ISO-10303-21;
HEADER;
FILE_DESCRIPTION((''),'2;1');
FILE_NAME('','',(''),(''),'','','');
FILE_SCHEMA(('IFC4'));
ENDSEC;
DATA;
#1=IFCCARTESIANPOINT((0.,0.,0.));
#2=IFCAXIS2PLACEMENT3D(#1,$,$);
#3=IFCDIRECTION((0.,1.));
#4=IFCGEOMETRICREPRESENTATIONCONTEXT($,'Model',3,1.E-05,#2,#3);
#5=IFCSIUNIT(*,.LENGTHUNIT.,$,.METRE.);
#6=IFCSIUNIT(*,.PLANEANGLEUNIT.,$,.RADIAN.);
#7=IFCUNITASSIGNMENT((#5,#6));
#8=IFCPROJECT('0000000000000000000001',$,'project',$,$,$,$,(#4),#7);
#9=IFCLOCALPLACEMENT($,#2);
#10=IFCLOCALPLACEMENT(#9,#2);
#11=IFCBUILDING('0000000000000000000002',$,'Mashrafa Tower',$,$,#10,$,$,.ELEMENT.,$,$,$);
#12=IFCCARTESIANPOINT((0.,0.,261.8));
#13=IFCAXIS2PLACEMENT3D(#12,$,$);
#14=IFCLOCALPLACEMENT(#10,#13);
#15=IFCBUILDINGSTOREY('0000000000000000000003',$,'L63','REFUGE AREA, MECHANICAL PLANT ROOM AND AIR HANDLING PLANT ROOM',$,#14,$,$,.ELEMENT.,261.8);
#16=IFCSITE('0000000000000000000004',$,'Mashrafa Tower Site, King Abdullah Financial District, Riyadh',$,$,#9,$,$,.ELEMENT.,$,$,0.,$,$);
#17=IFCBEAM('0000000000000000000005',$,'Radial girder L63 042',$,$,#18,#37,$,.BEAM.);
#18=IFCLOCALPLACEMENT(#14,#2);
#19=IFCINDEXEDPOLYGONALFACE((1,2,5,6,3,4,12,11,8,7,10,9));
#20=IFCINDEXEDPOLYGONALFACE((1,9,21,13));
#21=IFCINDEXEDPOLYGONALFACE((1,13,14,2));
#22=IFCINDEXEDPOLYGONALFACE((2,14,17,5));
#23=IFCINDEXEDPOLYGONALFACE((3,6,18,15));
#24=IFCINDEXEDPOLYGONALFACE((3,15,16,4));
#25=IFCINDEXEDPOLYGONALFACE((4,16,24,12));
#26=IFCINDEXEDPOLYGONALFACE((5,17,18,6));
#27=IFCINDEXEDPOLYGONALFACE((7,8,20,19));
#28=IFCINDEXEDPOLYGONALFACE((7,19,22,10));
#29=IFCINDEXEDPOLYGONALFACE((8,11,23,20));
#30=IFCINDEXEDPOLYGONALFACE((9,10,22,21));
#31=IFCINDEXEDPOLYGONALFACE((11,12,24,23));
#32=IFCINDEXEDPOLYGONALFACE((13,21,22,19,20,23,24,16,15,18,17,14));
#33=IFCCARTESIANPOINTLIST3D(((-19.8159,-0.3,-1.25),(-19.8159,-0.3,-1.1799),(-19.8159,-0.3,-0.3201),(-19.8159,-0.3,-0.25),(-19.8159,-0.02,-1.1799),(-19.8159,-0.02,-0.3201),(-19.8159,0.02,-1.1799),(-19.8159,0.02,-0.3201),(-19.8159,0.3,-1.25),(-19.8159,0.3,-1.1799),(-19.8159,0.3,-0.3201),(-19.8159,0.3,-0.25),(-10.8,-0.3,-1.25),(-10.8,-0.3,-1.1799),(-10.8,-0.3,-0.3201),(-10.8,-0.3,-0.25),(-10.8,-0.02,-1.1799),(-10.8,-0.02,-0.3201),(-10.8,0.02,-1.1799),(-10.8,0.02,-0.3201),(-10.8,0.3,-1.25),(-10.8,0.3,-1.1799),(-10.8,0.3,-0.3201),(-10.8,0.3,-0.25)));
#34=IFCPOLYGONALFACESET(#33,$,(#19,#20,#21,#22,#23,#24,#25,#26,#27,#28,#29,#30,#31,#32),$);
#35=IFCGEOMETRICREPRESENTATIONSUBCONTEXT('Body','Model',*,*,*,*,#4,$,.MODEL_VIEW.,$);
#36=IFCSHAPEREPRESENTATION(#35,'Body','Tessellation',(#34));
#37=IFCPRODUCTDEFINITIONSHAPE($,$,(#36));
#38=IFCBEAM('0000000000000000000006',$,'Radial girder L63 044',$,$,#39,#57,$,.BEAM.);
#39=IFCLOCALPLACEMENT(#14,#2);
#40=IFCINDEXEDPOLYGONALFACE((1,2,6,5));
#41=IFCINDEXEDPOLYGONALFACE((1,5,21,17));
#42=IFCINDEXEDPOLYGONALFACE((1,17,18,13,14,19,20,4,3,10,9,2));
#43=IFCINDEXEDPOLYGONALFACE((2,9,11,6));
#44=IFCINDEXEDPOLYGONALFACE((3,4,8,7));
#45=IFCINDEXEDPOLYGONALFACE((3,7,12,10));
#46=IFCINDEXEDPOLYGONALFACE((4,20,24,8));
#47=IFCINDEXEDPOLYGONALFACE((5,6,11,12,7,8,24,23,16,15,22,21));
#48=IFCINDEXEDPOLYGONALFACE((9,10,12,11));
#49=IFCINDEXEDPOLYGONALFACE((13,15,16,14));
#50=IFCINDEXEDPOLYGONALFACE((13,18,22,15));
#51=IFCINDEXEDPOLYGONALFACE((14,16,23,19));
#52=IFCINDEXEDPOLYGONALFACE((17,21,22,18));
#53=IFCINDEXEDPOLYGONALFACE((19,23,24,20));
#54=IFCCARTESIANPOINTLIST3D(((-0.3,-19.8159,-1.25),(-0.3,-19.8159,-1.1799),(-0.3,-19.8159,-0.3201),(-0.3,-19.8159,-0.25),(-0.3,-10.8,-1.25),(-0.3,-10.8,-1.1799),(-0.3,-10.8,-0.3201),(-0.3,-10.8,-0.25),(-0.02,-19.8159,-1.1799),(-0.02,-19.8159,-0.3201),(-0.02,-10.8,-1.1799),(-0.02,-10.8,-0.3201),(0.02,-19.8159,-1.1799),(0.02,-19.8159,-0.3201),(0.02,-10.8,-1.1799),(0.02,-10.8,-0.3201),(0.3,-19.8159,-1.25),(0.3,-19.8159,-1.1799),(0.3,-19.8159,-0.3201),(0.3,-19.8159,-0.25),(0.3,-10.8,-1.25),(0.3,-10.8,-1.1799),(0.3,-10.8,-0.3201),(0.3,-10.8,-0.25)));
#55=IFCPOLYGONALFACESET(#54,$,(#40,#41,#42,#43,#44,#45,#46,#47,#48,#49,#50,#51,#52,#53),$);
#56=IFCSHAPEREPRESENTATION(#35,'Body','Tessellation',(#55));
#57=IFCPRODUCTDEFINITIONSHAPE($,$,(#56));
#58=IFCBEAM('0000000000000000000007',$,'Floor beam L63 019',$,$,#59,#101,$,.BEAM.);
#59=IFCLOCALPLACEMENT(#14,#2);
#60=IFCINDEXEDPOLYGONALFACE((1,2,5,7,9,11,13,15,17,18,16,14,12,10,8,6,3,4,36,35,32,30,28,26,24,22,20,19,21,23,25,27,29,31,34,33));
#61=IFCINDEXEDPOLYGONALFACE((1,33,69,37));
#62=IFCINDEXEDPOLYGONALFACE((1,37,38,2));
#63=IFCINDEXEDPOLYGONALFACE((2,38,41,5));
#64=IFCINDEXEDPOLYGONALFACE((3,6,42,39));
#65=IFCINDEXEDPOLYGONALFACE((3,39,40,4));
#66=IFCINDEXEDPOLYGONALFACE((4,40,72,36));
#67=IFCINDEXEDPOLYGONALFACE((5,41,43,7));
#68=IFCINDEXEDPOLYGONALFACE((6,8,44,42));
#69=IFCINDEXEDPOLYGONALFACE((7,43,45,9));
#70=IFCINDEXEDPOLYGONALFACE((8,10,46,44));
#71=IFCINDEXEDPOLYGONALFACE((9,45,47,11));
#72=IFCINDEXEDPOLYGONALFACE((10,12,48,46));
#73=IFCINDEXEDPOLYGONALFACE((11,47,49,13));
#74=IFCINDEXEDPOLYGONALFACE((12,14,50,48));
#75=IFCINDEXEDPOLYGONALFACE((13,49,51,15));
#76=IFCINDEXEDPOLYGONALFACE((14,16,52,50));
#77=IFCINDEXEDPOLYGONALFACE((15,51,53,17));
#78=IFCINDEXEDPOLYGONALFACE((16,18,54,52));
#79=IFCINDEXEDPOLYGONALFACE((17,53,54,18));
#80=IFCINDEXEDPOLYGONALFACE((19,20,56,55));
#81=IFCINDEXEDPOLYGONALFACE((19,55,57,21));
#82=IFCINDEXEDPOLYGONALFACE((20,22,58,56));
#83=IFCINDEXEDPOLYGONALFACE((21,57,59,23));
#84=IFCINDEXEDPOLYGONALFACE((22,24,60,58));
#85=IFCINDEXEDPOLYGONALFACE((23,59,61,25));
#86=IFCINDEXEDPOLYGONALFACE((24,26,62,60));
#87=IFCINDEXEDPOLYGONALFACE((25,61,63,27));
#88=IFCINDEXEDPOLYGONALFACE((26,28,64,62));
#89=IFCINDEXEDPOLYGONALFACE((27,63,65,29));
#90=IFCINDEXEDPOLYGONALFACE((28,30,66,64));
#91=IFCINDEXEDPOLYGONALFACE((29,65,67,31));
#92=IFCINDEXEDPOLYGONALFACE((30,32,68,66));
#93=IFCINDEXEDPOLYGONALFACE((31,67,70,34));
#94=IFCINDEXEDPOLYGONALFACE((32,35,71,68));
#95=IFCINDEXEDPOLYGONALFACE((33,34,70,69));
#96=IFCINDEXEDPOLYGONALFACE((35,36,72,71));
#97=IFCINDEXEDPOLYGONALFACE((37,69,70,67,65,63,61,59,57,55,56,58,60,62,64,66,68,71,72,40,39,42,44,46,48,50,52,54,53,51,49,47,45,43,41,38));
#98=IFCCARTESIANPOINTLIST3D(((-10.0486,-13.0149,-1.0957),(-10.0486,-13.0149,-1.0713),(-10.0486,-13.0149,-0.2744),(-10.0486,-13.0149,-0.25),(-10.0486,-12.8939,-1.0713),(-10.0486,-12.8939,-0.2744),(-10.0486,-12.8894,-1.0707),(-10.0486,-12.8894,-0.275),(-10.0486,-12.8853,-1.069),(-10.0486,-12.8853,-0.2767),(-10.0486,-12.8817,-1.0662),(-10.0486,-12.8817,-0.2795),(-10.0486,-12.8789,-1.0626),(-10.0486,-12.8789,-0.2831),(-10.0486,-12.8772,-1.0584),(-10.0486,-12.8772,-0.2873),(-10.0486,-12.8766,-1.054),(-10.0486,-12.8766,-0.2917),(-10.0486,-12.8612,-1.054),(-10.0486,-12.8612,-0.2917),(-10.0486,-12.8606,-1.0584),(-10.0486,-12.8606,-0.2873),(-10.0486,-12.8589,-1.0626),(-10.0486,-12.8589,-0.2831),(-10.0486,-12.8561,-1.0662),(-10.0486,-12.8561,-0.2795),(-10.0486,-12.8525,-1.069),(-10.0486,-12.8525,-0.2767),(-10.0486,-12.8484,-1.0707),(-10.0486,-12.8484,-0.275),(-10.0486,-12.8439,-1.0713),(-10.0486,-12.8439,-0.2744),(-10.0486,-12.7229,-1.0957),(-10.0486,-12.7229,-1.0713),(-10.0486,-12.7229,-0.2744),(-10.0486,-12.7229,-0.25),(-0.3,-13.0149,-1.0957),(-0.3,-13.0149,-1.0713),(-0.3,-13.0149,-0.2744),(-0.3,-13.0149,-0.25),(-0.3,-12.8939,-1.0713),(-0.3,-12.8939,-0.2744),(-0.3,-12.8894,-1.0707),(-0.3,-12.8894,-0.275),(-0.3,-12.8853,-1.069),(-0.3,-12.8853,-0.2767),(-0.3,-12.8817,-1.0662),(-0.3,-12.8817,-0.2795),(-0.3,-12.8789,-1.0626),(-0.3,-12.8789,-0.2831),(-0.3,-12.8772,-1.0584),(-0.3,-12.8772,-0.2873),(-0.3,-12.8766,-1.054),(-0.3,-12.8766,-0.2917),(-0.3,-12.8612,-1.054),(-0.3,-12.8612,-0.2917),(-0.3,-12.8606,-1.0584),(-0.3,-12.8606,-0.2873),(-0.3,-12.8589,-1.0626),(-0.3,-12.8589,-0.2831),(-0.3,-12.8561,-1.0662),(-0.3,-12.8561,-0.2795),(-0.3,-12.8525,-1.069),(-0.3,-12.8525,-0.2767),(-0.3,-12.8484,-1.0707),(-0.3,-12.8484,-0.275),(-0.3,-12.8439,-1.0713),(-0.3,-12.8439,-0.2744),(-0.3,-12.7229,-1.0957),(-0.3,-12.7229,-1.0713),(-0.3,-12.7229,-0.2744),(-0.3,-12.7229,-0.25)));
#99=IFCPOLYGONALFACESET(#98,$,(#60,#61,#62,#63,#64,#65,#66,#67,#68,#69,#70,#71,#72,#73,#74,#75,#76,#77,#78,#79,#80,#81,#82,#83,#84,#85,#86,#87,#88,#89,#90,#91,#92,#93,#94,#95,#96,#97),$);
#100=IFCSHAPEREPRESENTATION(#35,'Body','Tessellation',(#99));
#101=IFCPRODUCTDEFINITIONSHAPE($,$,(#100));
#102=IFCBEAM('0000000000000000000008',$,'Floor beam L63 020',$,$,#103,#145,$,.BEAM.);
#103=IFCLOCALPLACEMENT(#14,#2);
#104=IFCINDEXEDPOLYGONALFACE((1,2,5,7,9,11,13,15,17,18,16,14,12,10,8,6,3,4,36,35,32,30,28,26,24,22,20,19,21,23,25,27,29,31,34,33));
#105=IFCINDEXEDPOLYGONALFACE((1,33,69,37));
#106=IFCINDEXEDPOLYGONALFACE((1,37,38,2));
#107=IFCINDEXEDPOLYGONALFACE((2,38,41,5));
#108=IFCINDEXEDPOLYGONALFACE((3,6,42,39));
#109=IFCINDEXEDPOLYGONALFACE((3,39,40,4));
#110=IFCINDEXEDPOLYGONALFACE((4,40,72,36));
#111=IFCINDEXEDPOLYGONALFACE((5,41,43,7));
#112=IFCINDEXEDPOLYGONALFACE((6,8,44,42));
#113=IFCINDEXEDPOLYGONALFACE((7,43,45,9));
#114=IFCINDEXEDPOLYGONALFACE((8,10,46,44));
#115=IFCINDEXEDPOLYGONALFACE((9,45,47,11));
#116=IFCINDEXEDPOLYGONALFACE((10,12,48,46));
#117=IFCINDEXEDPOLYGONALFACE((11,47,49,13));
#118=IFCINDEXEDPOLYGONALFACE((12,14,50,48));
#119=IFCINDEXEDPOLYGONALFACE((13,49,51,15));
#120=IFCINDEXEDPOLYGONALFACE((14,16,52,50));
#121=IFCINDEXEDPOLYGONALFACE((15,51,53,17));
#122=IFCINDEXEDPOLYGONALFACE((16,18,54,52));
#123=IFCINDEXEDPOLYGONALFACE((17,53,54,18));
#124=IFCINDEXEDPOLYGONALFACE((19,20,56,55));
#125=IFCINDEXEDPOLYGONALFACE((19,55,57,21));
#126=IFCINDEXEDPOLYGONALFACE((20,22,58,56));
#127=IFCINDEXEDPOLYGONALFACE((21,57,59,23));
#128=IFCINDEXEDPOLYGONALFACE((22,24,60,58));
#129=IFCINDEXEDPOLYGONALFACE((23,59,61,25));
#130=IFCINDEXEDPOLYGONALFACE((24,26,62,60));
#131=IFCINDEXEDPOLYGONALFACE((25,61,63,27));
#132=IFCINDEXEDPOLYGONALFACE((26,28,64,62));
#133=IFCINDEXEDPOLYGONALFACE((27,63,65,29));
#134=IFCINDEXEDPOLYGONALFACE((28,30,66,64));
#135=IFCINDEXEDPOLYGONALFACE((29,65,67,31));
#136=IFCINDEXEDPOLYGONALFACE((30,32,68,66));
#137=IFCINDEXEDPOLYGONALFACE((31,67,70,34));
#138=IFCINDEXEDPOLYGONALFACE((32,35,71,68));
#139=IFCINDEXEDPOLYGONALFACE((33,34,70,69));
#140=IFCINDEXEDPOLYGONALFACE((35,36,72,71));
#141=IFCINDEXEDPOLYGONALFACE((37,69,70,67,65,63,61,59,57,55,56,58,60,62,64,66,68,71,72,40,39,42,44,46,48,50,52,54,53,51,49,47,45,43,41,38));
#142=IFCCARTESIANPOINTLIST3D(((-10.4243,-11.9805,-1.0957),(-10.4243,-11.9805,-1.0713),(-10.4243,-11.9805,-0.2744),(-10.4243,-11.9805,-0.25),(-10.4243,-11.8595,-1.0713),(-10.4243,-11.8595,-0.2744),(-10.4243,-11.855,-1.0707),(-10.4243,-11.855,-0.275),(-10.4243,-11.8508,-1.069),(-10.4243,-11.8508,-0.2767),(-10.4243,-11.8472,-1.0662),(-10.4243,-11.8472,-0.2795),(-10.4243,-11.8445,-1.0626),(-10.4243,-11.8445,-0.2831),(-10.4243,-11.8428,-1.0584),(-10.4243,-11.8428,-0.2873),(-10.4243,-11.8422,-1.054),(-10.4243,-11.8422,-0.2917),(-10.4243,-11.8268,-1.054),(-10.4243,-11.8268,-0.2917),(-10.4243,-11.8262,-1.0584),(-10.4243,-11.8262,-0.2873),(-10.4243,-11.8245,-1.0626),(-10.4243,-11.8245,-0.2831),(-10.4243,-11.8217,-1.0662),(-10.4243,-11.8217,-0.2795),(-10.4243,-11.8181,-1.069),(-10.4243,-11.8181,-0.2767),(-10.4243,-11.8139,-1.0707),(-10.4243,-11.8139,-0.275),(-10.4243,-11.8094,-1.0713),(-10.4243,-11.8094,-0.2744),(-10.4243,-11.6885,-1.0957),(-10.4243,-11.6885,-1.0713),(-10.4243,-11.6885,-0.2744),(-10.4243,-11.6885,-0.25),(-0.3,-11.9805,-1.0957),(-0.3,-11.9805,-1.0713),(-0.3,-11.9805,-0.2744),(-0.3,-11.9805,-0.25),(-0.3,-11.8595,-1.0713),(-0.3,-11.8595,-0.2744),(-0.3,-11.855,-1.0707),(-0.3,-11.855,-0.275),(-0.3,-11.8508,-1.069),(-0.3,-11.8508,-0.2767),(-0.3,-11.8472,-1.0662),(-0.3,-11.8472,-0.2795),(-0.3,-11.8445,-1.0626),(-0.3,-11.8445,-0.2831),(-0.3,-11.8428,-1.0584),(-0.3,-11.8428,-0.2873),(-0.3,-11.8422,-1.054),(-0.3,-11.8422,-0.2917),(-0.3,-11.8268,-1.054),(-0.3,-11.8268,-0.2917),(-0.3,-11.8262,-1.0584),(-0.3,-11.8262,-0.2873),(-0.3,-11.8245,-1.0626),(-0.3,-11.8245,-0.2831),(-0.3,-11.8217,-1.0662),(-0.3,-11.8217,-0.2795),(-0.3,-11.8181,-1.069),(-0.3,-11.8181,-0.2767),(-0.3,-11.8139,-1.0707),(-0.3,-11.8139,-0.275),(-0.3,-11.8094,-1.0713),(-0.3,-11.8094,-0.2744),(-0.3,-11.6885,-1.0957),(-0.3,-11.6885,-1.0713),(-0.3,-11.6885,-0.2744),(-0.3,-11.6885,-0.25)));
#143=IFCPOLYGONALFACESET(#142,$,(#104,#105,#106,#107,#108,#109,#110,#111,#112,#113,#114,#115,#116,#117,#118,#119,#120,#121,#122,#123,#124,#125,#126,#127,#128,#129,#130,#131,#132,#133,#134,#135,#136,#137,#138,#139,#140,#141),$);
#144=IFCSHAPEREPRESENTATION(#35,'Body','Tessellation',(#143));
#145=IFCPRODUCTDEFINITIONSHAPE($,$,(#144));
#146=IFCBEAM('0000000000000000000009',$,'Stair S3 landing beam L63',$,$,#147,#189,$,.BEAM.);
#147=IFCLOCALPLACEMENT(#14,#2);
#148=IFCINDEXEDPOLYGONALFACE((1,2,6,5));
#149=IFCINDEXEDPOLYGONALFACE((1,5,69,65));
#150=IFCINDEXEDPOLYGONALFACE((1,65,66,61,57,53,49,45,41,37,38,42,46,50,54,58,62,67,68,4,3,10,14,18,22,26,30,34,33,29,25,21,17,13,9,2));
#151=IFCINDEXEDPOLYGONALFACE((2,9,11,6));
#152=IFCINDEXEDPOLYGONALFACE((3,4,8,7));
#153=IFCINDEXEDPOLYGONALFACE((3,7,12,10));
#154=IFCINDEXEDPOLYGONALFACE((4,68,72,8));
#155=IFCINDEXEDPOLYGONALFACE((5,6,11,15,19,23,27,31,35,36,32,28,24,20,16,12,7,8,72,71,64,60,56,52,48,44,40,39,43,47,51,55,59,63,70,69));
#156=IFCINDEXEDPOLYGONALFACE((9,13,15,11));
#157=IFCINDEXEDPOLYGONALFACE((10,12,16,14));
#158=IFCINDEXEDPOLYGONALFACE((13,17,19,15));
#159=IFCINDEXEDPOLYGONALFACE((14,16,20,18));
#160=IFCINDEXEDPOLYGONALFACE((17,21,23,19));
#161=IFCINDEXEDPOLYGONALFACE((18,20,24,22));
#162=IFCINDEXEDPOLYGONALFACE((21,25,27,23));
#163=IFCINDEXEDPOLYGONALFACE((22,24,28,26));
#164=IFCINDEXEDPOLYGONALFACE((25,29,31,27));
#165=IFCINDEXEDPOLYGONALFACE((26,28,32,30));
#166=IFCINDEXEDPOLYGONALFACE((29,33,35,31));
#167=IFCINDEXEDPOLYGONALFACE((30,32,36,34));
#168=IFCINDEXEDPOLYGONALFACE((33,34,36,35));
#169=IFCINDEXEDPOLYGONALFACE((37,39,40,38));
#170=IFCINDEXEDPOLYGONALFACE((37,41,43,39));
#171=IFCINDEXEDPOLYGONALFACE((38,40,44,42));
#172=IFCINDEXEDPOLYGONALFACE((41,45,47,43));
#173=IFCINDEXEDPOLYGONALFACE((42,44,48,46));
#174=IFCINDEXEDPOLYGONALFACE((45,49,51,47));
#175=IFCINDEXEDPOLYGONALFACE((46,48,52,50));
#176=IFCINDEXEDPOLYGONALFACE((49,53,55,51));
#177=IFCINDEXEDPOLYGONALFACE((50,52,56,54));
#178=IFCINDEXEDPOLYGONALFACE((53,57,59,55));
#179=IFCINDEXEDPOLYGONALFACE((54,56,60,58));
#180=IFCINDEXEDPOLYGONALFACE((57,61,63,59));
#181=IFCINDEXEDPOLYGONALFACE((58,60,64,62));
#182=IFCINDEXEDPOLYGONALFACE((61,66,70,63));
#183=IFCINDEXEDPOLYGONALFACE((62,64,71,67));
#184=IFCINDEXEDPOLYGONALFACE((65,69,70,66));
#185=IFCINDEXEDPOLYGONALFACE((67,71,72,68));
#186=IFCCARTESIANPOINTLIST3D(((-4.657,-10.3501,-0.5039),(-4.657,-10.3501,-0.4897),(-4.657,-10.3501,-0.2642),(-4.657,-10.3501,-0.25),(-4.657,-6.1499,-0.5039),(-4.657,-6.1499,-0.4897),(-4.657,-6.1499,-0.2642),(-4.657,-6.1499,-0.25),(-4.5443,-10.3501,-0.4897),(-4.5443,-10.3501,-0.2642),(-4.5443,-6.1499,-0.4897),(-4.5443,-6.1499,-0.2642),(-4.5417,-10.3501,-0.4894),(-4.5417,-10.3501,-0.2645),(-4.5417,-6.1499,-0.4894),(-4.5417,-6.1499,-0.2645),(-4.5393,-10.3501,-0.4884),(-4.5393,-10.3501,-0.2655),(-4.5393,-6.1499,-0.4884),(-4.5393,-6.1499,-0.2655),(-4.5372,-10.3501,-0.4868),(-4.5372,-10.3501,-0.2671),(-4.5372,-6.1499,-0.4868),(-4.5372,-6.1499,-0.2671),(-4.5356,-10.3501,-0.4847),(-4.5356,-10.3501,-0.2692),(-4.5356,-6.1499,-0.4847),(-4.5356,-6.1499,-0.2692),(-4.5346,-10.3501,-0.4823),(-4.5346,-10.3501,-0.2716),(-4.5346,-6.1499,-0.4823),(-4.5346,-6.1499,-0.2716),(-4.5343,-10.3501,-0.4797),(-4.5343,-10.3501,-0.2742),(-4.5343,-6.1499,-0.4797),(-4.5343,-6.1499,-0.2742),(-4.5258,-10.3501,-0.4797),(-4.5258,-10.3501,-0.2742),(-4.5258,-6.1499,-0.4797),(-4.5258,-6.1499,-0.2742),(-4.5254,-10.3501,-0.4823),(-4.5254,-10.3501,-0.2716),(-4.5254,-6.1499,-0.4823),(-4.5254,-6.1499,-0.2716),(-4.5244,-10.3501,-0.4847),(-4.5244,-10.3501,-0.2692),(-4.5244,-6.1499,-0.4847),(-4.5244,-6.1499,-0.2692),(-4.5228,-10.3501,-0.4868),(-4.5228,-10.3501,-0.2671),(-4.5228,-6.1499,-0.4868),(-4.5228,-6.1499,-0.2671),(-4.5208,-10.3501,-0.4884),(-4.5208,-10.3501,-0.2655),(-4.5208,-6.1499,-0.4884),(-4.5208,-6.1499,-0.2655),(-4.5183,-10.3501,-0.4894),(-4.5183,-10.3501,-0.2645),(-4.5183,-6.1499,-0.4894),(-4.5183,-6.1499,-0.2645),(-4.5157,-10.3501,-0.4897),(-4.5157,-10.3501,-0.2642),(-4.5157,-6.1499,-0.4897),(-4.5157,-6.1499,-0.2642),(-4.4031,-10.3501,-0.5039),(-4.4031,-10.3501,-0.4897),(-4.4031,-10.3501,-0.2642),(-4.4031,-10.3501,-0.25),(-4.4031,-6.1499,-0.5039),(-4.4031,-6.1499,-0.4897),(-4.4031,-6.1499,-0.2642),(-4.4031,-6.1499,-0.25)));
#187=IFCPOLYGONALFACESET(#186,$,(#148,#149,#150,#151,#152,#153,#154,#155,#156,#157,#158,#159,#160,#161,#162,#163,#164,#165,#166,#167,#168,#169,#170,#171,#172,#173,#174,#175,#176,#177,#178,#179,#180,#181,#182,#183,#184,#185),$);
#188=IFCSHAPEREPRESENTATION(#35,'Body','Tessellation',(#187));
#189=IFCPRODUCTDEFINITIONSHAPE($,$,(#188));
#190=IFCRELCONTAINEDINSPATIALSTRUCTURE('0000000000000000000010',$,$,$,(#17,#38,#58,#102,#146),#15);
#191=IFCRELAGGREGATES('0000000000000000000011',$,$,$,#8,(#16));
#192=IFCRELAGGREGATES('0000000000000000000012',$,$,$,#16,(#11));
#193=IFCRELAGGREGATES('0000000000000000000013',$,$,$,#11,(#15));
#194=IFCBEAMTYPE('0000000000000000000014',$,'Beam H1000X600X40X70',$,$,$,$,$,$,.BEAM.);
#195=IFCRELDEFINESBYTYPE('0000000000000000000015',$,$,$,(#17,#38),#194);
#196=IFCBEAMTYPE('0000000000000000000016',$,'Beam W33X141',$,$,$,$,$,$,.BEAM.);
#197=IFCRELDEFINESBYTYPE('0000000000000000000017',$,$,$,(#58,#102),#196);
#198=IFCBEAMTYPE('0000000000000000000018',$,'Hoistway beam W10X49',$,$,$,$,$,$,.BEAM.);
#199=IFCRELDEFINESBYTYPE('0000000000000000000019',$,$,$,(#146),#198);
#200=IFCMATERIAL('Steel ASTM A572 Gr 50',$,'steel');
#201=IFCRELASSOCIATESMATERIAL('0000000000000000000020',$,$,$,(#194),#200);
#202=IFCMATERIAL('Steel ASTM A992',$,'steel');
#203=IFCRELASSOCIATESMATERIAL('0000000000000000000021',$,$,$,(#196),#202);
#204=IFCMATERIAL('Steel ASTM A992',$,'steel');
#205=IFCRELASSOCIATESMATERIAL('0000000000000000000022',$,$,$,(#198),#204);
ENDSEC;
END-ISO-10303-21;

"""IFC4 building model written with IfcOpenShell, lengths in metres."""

from ifc_helpers import new_model, si_unit, direction, frame, origin, origin_2d, place, context, subcontext, project, spatial, i_section, extrude, material, material_profile, profile_set, type_object, element, save


model = new_model("IFC4")

# Units and contexts
model_context = context("Model", 3, precision=1e-05, world=origin(), true_north=direction((0.0, 1.0)))
body_context = subcontext(model_context, "Body", "Model", "MODEL_VIEW")
ifc_project = project(units=[si_unit("LENGTHUNIT", "METRE"), si_unit("PLANEANGLEUNIT", "RADIAN")], contexts=[model_context])

# Site, building, storey
site_placement = place(None, origin())
site = spatial("IfcSite", under=ifc_project, at=site_placement, Name="Mashrafa Tower Site, King Abdullah Financial District, Riyadh", CompositionType="ELEMENT", RefElevation=0.0)
building_placement = place(site_placement, origin())
building = spatial("IfcBuilding", under=site, at=building_placement, Name="Mashrafa Tower", CompositionType="ELEMENT")
storey_placement = place(building_placement, frame((0.0, 0.0, 261.8)))
storey = spatial("IfcBuildingStorey", under=building, at=storey_placement, Name="L63", Description="REFUGE AREA, MECHANICAL PLANT ROOM AND AIR HANDLING PLANT ROOM", CompositionType="ELEMENT", Elevation=261.8)

# Beams
ifc_material_1 = material(Name="Steel ASTM A572 Gr 50", Category="steel")
ifc_material_profile_1 = material_profile(ifc_material_1, i_section(OverallWidth=0.6001, OverallDepth=1.0, WebThickness=0.04, FlangeThickness=0.0701, at=origin_2d()), Name="H1000X600X40X70")
ifc_profile_set_1 = profile_set([ifc_material_profile_1], Name="Steel ASTM A572 Gr 50")
beam_type_1 = type_object("IfcBeamType", Name="Beam H1000X600X40X70", PredefinedType="BEAM", material=ifc_profile_set_1)
for number, where, z_axis, x_axis, name in (
    (1, (-10.8, 0.0, -0.75), (-1.0, 0.0, 0.0), (0.0, -1.0, 0.0), "Radial girder L63 042"),
    (2, (0.0, -10.8, -0.75), (0.0, -1.0, 0.0), (1.0, 0.0, 0.0), "Radial girder L63 044"),
):
    element("IfcBeam", number, at=place(storey_placement, frame(where, z_axis=z_axis, x_axis=x_axis)), inside=storey, type_object=beam_type_1, Name=name, PredefinedType="BEAM", context=body_context, shape_type="SweptSolid", body=[
        extrude(i_section(OverallWidth=0.6001, OverallDepth=1.0, WebThickness=0.04, FlangeThickness=0.0701, at=origin_2d()), origin(), (0.0, 0.0, 1.0), 9.0159),
    ])
ifc_material_2 = material(Name="Steel ASTM A992", Category="steel")
ifc_material_profile_2 = material_profile(ifc_material_2, i_section(OverallWidth=0.292, OverallDepth=0.8457, WebThickness=0.0154, FlangeThickness=0.0244, FilletRadius=0.0173, at=origin_2d()), Name="W33X141")
ifc_profile_set_2 = profile_set([ifc_material_profile_2], Name="Steel ASTM A992")
beam_type_2 = type_object("IfcBeamType", Name="Beam W33X141", PredefinedType="BEAM", material=ifc_profile_set_2)
beam_1_placement = place(storey_placement, frame((-0.3, -12.8689, -0.6729), z_axis=(-1.0, 0.0, 0.0), x_axis=(0.0, -1.0, 0.0)))
element("IfcBeam", 3, at=beam_1_placement, inside=storey, type_object=beam_type_2, Name="Floor beam L63 019", PredefinedType="BEAM", context=body_context, shape_type="SweptSolid", body=[
    extrude(i_section(OverallWidth=0.292, OverallDepth=0.8457, WebThickness=0.0154, FlangeThickness=0.0244, FilletRadius=0.0173, at=origin_2d()), origin(), (0.0, 0.0, 1.0), 9.7485),
])
beam_2_placement = place(storey_placement, frame((-0.3, -11.8345, -0.6729), z_axis=(-1.0, 0.0, 0.0), x_axis=(0.0, -1.0, 0.0)))
element("IfcBeam", 4, at=beam_2_placement, inside=storey, type_object=beam_type_2, Name="Floor beam L63 020", PredefinedType="BEAM", context=body_context, shape_type="SweptSolid", body=[
    extrude(i_section(OverallWidth=0.292, OverallDepth=0.8457, WebThickness=0.0154, FlangeThickness=0.0244, FilletRadius=0.0173, at=origin_2d()), origin(), (0.0, 0.0, 1.0), 10.1243),
])
ifc_material_3 = material(Name="Steel ASTM A992", Category="steel")
ifc_material_profile_3 = material_profile(ifc_material_3, i_section(OverallWidth=0.2539, OverallDepth=0.2539, WebThickness=0.0085, FlangeThickness=0.0142, FilletRadius=0.01, at=origin_2d()), Name="W10X49")
ifc_profile_set_3 = profile_set([ifc_material_profile_3], Name="Steel ASTM A992")
beam_type_3 = type_object("IfcBeamType", Name="Hoistway beam W10X49", PredefinedType="BEAM", material=ifc_profile_set_3)
beam_3_placement = place(storey_placement, frame((-4.53, -10.3501, -0.377), z_axis=(0.0, 1.0, 0.0), x_axis=(-1.0, 0.0, 0.0)))
element("IfcBeam", 5, at=beam_3_placement, inside=storey, type_object=beam_type_3, Name="Stair S3 landing beam L63", PredefinedType="BEAM", context=body_context, shape_type="SweptSolid", body=[
    extrude(i_section(OverallWidth=0.2539, OverallDepth=0.2539, WebThickness=0.0085, FlangeThickness=0.0142, FilletRadius=0.01, at=origin_2d()), origin(), (0.0, 0.0, 1.0), 4.2002),
])

save(model, "model.ifc")
